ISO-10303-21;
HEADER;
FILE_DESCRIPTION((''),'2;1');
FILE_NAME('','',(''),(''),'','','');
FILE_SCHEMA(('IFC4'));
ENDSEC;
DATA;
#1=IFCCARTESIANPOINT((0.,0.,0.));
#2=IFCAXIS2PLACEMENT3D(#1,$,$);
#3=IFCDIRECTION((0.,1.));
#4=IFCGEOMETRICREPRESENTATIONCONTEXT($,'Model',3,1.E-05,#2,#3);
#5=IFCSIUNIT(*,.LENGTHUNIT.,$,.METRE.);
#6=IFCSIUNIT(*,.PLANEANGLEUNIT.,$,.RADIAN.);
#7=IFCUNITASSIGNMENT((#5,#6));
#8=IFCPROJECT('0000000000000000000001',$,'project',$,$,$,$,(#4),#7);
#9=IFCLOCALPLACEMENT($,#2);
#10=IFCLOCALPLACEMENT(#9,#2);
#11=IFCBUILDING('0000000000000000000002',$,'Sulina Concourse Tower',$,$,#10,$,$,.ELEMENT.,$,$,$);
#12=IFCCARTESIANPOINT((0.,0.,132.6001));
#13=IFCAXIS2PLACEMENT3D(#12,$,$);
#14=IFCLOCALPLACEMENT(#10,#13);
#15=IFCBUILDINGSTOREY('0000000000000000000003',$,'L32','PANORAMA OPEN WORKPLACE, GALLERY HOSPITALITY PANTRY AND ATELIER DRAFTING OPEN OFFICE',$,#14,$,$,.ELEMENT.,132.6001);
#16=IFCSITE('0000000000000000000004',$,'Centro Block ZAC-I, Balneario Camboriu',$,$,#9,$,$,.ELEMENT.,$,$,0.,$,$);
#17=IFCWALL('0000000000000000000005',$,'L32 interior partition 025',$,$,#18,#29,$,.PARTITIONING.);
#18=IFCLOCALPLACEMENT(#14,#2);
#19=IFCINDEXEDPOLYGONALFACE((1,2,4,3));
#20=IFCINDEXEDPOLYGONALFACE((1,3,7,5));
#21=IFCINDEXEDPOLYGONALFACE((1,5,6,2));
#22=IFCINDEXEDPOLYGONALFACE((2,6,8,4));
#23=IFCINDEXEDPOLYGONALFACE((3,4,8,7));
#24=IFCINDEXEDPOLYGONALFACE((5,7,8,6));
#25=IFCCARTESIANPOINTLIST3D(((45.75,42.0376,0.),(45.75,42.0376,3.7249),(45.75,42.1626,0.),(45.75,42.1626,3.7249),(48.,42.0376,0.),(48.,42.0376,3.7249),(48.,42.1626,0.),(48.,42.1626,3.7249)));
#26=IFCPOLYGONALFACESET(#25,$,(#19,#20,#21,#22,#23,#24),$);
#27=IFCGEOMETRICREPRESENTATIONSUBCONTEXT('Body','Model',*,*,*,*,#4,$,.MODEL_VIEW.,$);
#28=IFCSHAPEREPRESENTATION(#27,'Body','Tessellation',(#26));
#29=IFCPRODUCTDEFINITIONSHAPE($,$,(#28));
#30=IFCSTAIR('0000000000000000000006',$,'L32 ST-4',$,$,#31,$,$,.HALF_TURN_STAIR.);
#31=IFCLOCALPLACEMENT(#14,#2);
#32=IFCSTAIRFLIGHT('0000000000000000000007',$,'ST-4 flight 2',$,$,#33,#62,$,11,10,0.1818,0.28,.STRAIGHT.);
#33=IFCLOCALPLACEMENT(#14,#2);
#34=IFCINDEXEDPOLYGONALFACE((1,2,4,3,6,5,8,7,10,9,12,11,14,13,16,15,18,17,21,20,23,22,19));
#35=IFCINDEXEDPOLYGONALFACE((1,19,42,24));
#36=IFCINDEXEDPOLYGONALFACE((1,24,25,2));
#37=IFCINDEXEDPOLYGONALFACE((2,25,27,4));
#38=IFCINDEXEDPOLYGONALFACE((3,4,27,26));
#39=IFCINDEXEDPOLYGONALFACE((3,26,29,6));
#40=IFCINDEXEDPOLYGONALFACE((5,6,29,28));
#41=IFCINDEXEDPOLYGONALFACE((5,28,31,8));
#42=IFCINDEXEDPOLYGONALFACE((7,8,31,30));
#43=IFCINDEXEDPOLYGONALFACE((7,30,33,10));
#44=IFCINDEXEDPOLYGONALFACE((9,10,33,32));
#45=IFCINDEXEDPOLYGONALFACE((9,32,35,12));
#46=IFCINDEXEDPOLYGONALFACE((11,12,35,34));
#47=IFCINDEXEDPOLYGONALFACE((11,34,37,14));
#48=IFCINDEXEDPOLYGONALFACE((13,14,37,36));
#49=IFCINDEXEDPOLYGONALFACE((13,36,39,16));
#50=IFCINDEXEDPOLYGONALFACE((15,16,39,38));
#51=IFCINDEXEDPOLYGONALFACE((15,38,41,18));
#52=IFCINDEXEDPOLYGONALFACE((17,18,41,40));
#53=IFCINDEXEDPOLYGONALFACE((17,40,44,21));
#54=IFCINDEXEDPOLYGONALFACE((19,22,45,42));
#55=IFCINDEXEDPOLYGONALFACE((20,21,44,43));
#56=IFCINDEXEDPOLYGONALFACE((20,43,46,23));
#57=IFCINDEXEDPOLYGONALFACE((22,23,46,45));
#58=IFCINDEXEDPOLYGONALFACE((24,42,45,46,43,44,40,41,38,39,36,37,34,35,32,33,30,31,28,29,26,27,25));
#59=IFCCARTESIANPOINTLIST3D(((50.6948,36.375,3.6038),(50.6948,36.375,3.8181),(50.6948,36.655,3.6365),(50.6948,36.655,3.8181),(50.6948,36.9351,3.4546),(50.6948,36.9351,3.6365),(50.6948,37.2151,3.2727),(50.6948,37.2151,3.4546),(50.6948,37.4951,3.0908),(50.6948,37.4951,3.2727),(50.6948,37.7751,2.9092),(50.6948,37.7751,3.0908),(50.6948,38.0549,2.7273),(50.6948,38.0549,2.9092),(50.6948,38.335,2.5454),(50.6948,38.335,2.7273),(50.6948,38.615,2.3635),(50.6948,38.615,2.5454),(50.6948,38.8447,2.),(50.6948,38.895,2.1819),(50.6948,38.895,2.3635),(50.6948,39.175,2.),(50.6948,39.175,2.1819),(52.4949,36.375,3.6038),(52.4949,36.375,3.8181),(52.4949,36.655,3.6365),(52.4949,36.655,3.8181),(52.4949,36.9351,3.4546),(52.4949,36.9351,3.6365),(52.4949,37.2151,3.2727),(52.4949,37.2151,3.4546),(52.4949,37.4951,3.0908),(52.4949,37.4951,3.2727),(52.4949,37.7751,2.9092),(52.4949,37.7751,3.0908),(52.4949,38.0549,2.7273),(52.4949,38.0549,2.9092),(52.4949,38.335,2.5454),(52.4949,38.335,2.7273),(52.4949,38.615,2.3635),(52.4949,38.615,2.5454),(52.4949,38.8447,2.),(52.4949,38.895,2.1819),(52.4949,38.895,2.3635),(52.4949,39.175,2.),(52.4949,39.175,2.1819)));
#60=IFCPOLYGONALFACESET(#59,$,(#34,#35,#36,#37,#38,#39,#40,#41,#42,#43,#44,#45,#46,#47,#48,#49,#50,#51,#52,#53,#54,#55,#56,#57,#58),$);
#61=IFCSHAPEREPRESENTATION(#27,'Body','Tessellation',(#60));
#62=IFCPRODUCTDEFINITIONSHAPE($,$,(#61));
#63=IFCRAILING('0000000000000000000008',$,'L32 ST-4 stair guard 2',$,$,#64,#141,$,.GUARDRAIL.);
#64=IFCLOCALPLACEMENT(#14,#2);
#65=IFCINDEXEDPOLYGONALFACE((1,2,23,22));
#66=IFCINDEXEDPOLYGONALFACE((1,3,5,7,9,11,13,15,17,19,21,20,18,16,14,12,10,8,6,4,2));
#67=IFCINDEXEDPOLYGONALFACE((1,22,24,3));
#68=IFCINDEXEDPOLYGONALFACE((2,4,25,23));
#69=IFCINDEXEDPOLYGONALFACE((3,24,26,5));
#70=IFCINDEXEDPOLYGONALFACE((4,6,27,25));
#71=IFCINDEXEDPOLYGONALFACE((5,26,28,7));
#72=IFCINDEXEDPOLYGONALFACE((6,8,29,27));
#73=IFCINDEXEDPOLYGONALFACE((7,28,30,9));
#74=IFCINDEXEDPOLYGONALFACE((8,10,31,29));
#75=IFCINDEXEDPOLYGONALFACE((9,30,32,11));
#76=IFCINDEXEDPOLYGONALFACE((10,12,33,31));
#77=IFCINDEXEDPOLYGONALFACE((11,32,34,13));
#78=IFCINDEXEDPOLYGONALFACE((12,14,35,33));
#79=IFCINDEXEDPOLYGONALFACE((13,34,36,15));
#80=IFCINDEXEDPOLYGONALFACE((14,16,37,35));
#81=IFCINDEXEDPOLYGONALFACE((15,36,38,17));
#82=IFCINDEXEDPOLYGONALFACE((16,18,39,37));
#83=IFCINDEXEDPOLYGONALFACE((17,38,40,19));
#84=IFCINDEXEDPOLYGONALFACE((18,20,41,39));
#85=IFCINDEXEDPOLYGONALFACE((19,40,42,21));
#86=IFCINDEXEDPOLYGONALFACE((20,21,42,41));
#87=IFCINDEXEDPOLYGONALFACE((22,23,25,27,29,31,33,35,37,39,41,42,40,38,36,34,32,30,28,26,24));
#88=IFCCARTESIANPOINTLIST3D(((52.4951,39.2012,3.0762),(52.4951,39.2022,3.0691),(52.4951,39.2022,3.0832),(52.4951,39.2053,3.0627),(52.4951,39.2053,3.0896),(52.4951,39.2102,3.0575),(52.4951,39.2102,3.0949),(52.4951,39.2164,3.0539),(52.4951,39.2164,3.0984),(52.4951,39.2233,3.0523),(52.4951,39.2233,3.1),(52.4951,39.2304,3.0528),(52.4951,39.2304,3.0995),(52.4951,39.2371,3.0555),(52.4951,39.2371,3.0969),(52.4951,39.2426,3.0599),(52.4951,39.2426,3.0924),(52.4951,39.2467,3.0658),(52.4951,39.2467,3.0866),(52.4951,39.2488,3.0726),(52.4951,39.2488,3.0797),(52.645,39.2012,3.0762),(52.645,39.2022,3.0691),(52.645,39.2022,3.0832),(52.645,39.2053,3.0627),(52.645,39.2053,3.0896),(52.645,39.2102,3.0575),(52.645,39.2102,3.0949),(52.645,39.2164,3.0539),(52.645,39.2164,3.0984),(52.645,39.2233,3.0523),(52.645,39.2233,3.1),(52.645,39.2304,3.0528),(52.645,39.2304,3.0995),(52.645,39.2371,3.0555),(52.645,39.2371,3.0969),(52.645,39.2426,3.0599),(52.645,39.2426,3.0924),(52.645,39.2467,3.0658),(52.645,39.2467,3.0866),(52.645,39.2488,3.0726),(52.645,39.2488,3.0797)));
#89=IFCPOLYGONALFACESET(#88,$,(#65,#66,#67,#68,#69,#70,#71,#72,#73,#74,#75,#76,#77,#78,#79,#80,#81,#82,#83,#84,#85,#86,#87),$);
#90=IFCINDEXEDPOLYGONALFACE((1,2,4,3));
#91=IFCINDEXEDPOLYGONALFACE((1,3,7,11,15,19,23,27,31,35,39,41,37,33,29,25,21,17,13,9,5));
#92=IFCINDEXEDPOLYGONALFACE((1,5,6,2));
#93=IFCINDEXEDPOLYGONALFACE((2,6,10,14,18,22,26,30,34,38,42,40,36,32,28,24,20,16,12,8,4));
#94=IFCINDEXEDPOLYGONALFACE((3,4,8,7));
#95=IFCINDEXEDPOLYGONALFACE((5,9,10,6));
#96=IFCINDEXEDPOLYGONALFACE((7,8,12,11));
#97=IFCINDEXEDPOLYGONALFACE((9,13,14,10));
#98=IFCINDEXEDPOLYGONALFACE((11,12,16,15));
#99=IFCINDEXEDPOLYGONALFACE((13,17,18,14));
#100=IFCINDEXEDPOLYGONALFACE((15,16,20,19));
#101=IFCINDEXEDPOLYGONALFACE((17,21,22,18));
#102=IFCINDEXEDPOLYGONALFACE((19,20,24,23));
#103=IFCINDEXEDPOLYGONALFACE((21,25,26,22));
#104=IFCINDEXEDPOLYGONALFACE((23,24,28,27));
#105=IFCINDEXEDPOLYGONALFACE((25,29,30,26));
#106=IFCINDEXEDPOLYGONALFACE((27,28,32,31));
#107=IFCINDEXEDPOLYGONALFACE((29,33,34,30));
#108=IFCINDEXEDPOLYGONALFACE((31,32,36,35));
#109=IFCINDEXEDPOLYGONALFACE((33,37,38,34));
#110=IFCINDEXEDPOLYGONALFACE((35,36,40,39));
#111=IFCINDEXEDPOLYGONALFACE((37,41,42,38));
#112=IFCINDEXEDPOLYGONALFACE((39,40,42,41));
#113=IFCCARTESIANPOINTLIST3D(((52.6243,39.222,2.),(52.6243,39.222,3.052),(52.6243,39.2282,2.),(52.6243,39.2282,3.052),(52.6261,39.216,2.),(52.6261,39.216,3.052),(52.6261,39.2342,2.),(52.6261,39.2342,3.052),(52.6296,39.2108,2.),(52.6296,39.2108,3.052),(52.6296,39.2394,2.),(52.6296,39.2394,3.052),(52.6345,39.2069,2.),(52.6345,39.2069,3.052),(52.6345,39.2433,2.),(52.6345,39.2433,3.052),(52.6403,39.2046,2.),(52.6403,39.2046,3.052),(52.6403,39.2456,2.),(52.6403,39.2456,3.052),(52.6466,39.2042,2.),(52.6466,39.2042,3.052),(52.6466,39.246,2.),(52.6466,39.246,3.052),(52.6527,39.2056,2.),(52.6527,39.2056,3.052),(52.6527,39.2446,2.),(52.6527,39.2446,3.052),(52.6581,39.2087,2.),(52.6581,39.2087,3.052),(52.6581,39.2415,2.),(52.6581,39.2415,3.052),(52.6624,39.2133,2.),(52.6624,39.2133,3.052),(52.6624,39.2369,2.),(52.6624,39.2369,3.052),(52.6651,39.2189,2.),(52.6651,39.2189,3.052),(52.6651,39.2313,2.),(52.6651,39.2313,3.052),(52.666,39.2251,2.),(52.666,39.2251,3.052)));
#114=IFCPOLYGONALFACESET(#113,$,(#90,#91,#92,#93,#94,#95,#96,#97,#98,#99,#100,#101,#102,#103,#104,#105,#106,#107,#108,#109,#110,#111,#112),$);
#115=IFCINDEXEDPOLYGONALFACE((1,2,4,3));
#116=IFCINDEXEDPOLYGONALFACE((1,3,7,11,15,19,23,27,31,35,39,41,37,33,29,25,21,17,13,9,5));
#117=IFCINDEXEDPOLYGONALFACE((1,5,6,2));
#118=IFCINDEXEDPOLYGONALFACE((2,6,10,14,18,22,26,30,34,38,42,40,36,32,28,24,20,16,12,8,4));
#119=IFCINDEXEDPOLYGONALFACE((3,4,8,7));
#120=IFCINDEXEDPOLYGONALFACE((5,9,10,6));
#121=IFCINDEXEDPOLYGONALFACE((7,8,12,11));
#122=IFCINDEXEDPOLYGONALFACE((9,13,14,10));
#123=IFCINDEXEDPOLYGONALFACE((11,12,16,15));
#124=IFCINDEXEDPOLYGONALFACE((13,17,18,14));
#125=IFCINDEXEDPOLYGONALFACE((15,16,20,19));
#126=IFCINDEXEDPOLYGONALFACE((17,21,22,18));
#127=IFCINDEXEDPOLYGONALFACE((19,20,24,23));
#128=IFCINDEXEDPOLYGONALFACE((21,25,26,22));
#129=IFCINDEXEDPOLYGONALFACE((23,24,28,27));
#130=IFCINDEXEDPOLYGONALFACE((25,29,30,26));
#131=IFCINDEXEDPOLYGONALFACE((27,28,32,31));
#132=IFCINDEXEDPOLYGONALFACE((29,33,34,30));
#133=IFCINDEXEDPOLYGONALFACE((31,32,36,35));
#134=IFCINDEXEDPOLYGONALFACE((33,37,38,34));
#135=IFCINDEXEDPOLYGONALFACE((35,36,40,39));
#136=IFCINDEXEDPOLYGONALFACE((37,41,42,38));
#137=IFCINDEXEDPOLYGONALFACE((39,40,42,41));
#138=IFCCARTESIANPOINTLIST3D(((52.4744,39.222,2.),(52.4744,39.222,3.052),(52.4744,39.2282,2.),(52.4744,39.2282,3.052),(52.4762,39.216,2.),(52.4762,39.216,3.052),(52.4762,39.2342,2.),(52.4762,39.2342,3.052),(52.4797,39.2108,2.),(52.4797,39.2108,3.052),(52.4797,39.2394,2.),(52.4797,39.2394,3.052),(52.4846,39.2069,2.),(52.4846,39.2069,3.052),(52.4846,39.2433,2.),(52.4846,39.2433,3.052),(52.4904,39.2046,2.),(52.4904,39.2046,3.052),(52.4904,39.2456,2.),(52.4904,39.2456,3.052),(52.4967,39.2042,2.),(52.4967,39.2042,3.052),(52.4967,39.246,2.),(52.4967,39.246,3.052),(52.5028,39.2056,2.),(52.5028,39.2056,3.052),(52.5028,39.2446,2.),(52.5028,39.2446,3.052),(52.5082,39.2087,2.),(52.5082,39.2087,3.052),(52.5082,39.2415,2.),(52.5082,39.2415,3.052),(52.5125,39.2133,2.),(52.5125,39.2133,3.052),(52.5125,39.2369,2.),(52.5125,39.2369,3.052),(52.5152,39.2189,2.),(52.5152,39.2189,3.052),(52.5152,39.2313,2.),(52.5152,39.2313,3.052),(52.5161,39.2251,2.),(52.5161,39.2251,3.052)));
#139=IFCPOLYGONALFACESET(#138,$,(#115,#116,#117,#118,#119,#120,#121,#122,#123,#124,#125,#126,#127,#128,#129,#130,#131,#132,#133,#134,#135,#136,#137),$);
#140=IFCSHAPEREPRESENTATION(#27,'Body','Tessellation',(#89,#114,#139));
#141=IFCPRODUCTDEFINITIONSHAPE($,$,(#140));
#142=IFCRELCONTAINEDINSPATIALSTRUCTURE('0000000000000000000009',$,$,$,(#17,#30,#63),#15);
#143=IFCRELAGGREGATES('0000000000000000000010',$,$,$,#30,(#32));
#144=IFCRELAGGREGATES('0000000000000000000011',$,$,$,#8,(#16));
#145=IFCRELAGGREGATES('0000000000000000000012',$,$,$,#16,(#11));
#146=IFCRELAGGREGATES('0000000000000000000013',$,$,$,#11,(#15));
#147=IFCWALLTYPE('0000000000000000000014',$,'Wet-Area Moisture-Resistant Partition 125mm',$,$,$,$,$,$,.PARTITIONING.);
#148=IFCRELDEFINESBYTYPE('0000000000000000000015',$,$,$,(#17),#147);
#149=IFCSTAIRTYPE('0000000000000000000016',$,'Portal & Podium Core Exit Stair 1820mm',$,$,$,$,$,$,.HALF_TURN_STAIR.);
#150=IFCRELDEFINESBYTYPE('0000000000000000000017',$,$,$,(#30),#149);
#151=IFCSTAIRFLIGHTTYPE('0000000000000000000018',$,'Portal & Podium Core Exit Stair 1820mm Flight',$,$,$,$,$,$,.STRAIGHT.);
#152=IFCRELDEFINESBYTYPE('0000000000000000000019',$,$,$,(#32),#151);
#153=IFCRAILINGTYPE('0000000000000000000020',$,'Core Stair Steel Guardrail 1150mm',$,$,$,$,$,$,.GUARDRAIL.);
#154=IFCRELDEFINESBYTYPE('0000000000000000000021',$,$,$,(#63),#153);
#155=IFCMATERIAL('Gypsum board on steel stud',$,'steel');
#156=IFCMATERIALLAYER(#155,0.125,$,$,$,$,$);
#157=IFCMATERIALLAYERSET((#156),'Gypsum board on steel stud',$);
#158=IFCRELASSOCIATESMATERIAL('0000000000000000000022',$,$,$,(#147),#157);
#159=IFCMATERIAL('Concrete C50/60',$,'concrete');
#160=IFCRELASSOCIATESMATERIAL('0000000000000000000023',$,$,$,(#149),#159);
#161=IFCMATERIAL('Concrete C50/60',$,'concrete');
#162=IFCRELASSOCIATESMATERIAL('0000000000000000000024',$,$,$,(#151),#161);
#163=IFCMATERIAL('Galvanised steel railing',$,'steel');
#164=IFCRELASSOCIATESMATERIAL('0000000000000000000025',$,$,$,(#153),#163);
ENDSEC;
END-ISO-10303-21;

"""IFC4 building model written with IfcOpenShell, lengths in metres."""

from ifc_helpers import new_model, si_unit, direction, frame, frame_2d, origin, origin_2d, place, context, subcontext, project, spatial, polyline, rectangle, circle, outline, extrude, material, layer, layer_set, type_object, element, aggregate, save


model = new_model("IFC4")

# Units and contexts
model_context = context("Model", 3, precision=1e-05, world=origin(), true_north=direction((0.0, 1.0)))
body_context = subcontext(model_context, "Body", "Model", "MODEL_VIEW")
ifc_project = project(units=[si_unit("LENGTHUNIT", "METRE"), si_unit("PLANEANGLEUNIT", "RADIAN")], contexts=[model_context])

# Site, building, storey
site_placement = place(None, origin())
site = spatial("IfcSite", under=ifc_project, at=site_placement, Name="Centro Block ZAC-I, Balneario Camboriu", CompositionType="ELEMENT", RefElevation=0.0)
building_placement = place(site_placement, origin())
building = spatial("IfcBuilding", under=site, at=building_placement, Name="Sulina Concourse Tower", CompositionType="ELEMENT")
storey_placement = place(building_placement, frame((0.0, 0.0, 132.6001)))
storey = spatial("IfcBuildingStorey", under=building, at=storey_placement, Name="L32", Description="PANORAMA OPEN WORKPLACE, GALLERY HOSPITALITY PANTRY AND ATELIER DRAFTING OPEN OFFICE", CompositionType="ELEMENT", Elevation=132.6001)

# Wall
ifc_material_1 = material(Name="Gypsum board on steel stud", Category="steel")
ifc_layer_1 = layer(ifc_material_1, 0.125)
ifc_layer_set_1 = layer_set([ifc_layer_1], Name="Gypsum board on steel stud")
wall_type_1 = type_object("IfcWallType", Name="Wet-Area Moisture-Resistant Partition 125mm", PredefinedType="PARTITIONING", material=ifc_layer_set_1)
wall_1_placement = place(storey_placement, frame((45.75, 42.1001, 0.0), z_axis=(0.0, 0.0, 1.0), x_axis=(1.0, 0.0, 0.0)))
element("IfcWall", 1, at=wall_1_placement, inside=storey, type_object=wall_type_1, Name="L32 interior partition 025", PredefinedType="PARTITIONING", context=body_context, shape_type="SweptSolid", body=[
    extrude(rectangle(XDim=2.25, YDim=0.125, at=frame_2d((1.125, 0.0))), origin(), (0.0, 0.0, 1.0), 3.7249),
])

# Stair, stair flight
ifc_material_2 = material(Name="Concrete C50/60", Category="concrete")
stair_type = type_object("IfcStairType", Name="Portal & Podium Core Exit Stair 1820mm", PredefinedType="HALF_TURN_STAIR", material=ifc_material_2)
stair_placement = place(storey_placement, origin())
stair = element("IfcStair", 2, at=stair_placement, inside=storey, type_object=stair_type, Name="L32 ST-4", PredefinedType="HALF_TURN_STAIR")
ifc_material_3 = material(Name="Concrete C50/60", Category="concrete")
stair_flight_type = type_object("IfcStairFlightType", Name="Portal & Podium Core Exit Stair 1820mm Flight", PredefinedType="STRAIGHT", material=ifc_material_3)
stair_flight_placement = place(storey_placement, frame((51.595, 39.175, 2.0), z_axis=(0.0, 0.0, 1.0), x_axis=(0.0, -1.0, 0.0)))
stair_flight = element("IfcStairFlight", 3, at=stair_flight_placement, type_object=stair_flight_type, Name="ST-4 flight 2", NumberOfRisers=11, NumberOfTreads=10, PredefinedType="STRAIGHT", RiserHeight=0.1818, TreadLength=0.28, context=body_context, shape_type="SweptSolid", body=[
    extrude(outline(polyline([(0.0, 0.0), (0.0, 0.1819), (0.28, 0.1819), (0.28, 0.3635), (0.5601, 0.3635), (0.5601, 0.5454), (0.8401, 0.5454), (0.8401, 0.7273), (1.1201, 0.7273), (1.1201, 0.9092), (1.3999, 0.9092), (1.3999, 1.0908), (1.6799, 1.0908), (1.6799, 1.2727), (1.96, 1.2727), (1.96, 1.4546), (2.24, 1.4546), (2.24, 1.6365), (2.52, 1.6365), (2.52, 1.8181), (2.8, 1.8181), (2.8, 2.0), (2.8, 1.6038), (0.3303, 0.0), (0.0, 0.0)])), frame((0.0, 0.8999, 0.0), z_axis=(0.0, -1.0, 0.0), x_axis=(1.0, 0.0, 0.0)), (0.0, 0.0, 1.0), 1.8),
])
aggregate(stair, [stair_flight])

# Railing
ifc_material_4 = material(Name="Galvanised steel railing", Category="steel")
railing_type_1 = type_object("IfcRailingType", Name="Core Stair Steel Guardrail 1150mm", PredefinedType="GUARDRAIL", material=ifc_material_4)
railing_1_placement = place(storey_placement, frame((52.645, 39.2251, 2.0)))
element("IfcRailing", 4, at=railing_1_placement, inside=storey, type_object=railing_type_1, Name="L32 ST-4 stair guard 2", PredefinedType="GUARDRAIL", context=body_context, shape_type="SweptSolid", body=[
    extrude(circle(Radius=0.0239, at=origin_2d()), frame((0.0, 0.0, 1.0762), z_axis=(-1.0, 0.0, 0.0), x_axis=(0.0, -1.0, 0.0)), (0.0, 0.0, 1.0), 0.1499),
    extrude(circle(Radius=0.021, at=origin_2d()), origin(), (0.0, 0.0, 1.0), 1.052),
    extrude(circle(Radius=0.021, at=origin_2d()), frame((-0.1499, 0.0, 0.0)), (0.0, 0.0, 1.0), 1.052),
])

save(model, "model.ifc")
